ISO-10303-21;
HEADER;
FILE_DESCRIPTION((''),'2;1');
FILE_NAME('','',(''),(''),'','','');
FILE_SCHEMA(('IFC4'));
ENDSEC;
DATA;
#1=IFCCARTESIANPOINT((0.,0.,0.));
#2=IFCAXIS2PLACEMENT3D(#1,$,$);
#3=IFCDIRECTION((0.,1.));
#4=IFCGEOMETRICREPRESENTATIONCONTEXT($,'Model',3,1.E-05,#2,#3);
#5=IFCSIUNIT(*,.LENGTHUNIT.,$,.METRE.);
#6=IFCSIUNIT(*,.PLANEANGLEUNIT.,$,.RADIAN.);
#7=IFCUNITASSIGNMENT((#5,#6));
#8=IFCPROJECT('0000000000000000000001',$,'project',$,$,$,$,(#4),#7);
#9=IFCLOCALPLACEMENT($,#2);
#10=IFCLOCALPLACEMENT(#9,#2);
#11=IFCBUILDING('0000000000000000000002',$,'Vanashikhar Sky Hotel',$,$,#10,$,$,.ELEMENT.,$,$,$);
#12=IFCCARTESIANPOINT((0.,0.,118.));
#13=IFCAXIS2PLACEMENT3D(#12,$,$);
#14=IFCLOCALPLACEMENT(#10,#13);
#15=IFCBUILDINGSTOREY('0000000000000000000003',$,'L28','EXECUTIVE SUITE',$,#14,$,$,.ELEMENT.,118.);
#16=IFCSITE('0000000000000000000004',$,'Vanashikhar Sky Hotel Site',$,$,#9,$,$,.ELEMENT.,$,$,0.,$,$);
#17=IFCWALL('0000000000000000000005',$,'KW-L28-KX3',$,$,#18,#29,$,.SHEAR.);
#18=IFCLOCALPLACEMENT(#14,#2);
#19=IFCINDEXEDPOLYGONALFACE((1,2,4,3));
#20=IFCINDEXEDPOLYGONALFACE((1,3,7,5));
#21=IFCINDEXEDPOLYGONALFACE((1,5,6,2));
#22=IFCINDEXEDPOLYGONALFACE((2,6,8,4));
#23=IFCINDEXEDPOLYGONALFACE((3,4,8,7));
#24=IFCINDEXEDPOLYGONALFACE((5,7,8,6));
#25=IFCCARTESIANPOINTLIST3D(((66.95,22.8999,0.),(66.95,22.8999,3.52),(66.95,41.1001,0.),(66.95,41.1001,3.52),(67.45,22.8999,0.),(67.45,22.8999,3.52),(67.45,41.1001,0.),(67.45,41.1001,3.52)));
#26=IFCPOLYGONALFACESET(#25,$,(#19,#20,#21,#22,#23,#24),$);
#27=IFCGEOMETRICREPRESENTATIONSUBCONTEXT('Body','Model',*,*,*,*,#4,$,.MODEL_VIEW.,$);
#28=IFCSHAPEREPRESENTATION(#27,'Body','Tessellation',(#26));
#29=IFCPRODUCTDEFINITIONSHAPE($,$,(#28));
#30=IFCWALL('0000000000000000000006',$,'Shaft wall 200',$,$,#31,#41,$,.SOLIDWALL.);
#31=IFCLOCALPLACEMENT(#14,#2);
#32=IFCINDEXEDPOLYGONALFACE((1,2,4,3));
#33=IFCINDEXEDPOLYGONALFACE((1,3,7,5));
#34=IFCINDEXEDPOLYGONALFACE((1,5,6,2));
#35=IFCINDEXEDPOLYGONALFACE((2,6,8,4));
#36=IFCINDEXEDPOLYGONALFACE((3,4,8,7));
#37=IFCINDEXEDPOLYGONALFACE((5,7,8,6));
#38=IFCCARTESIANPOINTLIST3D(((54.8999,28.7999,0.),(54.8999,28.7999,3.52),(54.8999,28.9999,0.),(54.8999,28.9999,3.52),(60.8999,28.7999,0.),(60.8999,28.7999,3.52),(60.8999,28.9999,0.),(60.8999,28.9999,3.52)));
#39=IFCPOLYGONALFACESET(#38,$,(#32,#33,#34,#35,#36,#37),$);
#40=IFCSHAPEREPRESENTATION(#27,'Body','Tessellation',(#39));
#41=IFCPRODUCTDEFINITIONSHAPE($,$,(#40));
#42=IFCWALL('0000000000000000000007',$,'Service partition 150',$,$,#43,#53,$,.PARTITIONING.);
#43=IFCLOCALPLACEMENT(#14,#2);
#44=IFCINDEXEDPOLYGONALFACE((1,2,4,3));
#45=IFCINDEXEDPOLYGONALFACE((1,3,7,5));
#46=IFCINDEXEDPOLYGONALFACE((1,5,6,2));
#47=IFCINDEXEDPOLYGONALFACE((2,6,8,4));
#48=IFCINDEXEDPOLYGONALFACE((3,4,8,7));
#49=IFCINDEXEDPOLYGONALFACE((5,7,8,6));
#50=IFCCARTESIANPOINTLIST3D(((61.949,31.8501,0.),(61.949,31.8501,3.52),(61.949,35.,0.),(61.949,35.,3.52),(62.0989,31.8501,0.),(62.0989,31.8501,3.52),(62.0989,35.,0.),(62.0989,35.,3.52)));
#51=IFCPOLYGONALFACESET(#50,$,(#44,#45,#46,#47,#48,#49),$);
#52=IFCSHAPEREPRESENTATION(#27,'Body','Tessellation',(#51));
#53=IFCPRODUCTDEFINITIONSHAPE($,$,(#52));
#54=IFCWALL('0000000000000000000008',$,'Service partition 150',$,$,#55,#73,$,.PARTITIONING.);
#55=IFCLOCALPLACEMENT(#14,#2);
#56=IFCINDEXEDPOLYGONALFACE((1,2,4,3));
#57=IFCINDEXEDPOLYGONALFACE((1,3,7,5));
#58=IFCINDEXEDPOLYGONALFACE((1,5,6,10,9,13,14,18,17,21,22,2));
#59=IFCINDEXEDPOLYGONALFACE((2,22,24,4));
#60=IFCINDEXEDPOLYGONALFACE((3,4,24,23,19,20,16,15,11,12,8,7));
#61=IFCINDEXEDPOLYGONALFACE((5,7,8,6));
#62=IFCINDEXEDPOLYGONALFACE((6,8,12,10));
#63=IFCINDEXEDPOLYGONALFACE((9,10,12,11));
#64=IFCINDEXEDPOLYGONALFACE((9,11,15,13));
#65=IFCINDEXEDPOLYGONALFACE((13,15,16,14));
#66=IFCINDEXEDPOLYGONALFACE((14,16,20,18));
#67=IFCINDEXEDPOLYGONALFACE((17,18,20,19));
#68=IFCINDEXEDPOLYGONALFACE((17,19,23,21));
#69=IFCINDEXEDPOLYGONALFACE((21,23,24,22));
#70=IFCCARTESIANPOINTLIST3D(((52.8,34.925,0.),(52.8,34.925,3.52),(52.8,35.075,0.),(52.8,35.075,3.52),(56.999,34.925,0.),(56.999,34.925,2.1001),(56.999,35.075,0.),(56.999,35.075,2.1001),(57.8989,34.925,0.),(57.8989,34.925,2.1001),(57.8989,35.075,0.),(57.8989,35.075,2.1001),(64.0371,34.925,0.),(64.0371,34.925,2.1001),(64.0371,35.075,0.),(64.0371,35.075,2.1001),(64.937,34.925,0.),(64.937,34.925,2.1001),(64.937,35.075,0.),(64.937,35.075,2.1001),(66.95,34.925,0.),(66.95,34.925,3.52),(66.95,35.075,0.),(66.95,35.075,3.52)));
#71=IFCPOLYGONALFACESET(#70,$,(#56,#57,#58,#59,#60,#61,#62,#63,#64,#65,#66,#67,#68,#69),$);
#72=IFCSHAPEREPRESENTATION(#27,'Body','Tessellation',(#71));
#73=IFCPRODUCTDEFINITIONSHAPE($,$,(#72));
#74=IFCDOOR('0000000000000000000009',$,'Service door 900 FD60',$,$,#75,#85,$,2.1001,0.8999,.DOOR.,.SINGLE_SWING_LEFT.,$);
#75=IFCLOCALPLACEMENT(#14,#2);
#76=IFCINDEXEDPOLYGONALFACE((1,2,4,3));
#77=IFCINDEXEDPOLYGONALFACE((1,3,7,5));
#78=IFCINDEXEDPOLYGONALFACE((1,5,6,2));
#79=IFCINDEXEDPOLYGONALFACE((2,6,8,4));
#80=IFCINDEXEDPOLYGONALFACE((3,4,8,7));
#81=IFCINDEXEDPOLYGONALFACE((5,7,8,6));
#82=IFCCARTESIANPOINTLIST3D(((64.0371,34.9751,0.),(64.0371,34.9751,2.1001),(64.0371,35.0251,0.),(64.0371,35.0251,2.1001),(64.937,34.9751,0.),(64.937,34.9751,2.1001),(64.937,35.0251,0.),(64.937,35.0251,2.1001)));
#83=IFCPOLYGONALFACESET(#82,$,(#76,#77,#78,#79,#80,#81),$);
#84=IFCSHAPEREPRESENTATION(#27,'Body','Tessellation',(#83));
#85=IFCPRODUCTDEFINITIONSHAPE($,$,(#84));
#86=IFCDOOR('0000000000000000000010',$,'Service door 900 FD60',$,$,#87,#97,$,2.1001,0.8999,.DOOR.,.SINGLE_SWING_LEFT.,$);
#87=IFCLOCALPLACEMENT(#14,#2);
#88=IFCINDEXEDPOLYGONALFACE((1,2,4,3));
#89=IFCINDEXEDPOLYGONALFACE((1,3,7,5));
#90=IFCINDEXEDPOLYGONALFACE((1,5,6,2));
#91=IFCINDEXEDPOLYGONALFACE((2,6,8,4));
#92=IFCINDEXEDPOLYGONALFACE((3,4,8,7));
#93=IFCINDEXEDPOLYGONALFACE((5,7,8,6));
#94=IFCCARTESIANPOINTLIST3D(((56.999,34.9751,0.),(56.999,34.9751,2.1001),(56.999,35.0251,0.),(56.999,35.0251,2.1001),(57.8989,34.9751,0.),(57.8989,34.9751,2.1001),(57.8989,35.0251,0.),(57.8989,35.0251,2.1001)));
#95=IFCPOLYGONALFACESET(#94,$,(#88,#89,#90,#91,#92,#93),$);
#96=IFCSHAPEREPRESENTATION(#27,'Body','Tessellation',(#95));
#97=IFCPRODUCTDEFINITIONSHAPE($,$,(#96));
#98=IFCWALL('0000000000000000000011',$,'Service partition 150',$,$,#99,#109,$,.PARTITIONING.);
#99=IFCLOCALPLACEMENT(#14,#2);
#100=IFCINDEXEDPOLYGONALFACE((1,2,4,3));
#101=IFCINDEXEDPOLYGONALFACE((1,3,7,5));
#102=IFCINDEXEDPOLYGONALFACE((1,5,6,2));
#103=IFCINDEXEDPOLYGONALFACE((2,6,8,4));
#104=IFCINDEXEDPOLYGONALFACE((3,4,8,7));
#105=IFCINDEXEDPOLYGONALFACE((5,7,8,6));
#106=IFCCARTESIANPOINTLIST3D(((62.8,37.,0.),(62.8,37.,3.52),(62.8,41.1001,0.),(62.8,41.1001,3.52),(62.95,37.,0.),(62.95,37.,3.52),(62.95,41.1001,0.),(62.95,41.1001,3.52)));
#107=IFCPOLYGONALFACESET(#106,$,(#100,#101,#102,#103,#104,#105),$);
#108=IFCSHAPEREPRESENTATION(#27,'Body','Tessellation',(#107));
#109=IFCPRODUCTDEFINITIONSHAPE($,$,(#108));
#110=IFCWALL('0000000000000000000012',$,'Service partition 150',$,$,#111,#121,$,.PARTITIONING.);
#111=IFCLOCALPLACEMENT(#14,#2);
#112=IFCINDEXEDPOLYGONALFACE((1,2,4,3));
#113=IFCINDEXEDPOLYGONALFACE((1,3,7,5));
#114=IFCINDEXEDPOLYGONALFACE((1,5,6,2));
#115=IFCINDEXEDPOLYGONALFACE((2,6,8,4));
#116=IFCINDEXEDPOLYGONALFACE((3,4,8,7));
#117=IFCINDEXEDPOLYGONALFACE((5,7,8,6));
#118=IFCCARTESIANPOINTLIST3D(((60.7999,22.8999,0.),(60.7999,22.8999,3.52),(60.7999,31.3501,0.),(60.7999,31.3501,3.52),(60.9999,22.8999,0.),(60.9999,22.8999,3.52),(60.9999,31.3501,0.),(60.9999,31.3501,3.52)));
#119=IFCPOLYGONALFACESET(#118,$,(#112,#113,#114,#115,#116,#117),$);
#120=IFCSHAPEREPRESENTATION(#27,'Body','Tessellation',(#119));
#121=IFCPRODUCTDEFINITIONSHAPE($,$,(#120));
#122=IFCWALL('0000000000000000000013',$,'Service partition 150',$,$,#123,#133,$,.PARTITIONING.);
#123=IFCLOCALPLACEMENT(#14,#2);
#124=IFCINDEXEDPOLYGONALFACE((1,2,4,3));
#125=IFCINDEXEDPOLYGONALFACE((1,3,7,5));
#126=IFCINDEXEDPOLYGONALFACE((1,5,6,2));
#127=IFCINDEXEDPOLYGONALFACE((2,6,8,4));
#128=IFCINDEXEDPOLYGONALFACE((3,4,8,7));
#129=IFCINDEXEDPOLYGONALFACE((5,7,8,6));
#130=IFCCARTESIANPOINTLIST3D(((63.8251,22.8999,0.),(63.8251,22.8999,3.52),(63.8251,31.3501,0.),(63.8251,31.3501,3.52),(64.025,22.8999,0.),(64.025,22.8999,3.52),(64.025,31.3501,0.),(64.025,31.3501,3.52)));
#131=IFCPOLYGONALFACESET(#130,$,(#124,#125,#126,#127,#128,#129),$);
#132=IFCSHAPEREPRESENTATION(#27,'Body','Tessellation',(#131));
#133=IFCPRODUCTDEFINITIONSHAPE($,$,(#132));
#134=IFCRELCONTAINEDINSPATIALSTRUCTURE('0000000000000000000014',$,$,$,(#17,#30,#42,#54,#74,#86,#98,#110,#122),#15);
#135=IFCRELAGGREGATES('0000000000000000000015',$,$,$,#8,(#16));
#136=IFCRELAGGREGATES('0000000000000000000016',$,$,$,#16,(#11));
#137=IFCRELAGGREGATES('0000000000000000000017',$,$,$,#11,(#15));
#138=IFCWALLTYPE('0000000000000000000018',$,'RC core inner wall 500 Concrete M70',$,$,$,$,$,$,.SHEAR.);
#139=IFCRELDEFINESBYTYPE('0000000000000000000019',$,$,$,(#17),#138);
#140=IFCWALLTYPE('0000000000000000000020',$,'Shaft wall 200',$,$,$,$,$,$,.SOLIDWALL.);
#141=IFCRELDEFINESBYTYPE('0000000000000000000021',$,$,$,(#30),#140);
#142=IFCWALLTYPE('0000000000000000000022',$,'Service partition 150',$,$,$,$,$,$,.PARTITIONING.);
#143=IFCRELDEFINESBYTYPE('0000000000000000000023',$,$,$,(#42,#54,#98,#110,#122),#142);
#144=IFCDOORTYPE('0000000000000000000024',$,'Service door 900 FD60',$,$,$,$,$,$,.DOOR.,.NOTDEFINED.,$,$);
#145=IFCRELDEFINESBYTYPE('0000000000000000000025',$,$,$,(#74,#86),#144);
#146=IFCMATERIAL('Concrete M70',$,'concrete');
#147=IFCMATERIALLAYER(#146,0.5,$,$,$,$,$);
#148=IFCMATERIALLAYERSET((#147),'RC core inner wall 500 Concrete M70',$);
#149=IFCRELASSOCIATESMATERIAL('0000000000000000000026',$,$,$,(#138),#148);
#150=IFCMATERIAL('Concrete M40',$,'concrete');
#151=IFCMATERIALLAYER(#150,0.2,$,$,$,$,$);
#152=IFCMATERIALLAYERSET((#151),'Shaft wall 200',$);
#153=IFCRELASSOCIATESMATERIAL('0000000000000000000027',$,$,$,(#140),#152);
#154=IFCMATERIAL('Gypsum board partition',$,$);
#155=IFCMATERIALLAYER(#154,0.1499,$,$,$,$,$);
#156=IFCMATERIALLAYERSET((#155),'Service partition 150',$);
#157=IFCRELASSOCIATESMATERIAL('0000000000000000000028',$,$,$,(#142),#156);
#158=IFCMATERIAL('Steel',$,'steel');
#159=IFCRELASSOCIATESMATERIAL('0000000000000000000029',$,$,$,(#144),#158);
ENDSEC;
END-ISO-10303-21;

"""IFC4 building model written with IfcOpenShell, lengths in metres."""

from ifc_helpers import new_model, si_unit, direction, frame, frame_2d, origin, place, context, subcontext, project, spatial, rectangle, extrude, source, transform, mapped, material, layer, layer_set, type_object, element, fill, save


model = new_model("IFC4")

# Units and contexts
model_context = context("Model", 3, precision=1e-05, world=origin(), true_north=direction((0.0, 1.0)))
body_context = subcontext(model_context, "Body", "Model", "MODEL_VIEW")
ifc_project = project(units=[si_unit("LENGTHUNIT", "METRE"), si_unit("PLANEANGLEUNIT", "RADIAN")], contexts=[model_context])

# Site, building, storey
site_placement = place(None, origin())
site = spatial("IfcSite", under=ifc_project, at=site_placement, Name="Vanashikhar Sky Hotel Site", CompositionType="ELEMENT", RefElevation=0.0)
building_placement = place(site_placement, origin())
building = spatial("IfcBuilding", under=site, at=building_placement, Name="Vanashikhar Sky Hotel", CompositionType="ELEMENT")
storey_placement = place(building_placement, frame((0.0, 0.0, 118.0)))
storey = spatial("IfcBuildingStorey", under=building, at=storey_placement, Name="L28", Description="EXECUTIVE SUITE", CompositionType="ELEMENT", Elevation=118.0)

# Walls
ifc_material_1 = material(Name="Concrete M70", Category="concrete")
ifc_layer_1 = layer(ifc_material_1, 0.5)
ifc_layer_set_1 = layer_set([ifc_layer_1], Name="RC core inner wall 500 Concrete M70")
wall_type_1 = type_object("IfcWallType", Name="RC core inner wall 500 Concrete M70", PredefinedType="SHEAR", material=ifc_layer_set_1)
shared_shape_1 = source(origin(), body_context, "Body", "SweptSolid", [
    extrude(rectangle(XDim=18.2002, YDim=0.5, at=frame_2d((9.1001, 0.0))), origin(), (0.0, 0.0, 1.0), 3.52),
])
wall_1_placement = place(storey_placement, frame((67.2, 22.8999, 0.0), z_axis=(0.0, 0.0, 1.0), x_axis=(0.0, 1.0, 0.0)))
element("IfcWall", 1, at=wall_1_placement, inside=storey, type_object=wall_type_1, Name="KW-L28-KX3", PredefinedType="SHEAR", context=body_context, shape_type="MappedRepresentation", body=[
    mapped(shared_shape_1, transform((0.0, 0.0, 0.0), scale=1.0)),
])
ifc_material_2 = material(Name="Concrete M40", Category="concrete")
ifc_layer_2 = layer(ifc_material_2, 0.2)
ifc_layer_set_2 = layer_set([ifc_layer_2], Name="Shaft wall 200")
wall_type_2 = type_object("IfcWallType", Name="Shaft wall 200", PredefinedType="SOLIDWALL", material=ifc_layer_set_2)
shared_shape_2 = source(origin(), body_context, "Body", "SweptSolid", [
    extrude(rectangle(XDim=6.0, YDim=0.2, at=frame_2d((3.0, 0.0))), origin(), (0.0, 0.0, 1.0), 3.52),
])
wall_2_placement = place(storey_placement, frame((60.8999, 28.8999, 0.0), z_axis=(0.0, 0.0, 1.0), x_axis=(-1.0, 0.0, 0.0)))
element("IfcWall", 2, at=wall_2_placement, inside=storey, type_object=wall_type_2, Name="Shaft wall 200", PredefinedType="SOLIDWALL", context=body_context, shape_type="MappedRepresentation", body=[
    mapped(shared_shape_2, transform((0.0, 0.0, 0.0), scale=1.0)),
])
ifc_material_3 = material(Name="Gypsum board partition")
ifc_layer_3 = layer(ifc_material_3, 0.1499)
ifc_layer_set_3 = layer_set([ifc_layer_3], Name="Service partition 150")
wall_type_3 = type_object("IfcWallType", Name="Service partition 150", PredefinedType="PARTITIONING", material=ifc_layer_set_3)
shared_shape_3 = source(origin(), body_context, "Body", "SweptSolid", [
    extrude(rectangle(XDim=3.1499, YDim=0.1499, at=frame_2d((1.575, 0.0))), origin(), (0.0, 0.0, 1.0), 3.52),
])
wall_3_placement = place(storey_placement, frame((62.0239, 31.8501, 0.0), z_axis=(0.0, 0.0, 1.0), x_axis=(0.0, 1.0, 0.0)))
element("IfcWall", 3, at=wall_3_placement, inside=storey, type_object=wall_type_3, Name="Service partition 150", PredefinedType="PARTITIONING", context=body_context, shape_type="MappedRepresentation", body=[
    mapped(shared_shape_3, transform((0.0, 0.0, 0.0), scale=1.0)),
])

# Wall, openings, doors
shared_shape_4 = source(origin(), body_context, "Body", "SweptSolid", [
    extrude(rectangle(XDim=14.1499, YDim=0.1499, at=frame_2d((7.075, 0.0))), origin(), (0.0, 0.0, 1.0), 3.52),
])
wall_4_placement = place(storey_placement, frame((66.95, 35.0, 0.0), z_axis=(0.0, 0.0, 1.0), x_axis=(-1.0, 0.0, 0.0)))
wall_4 = element("IfcWall", 4, at=wall_4_placement, inside=storey, type_object=wall_type_3, Name="Service partition 150", PredefinedType="PARTITIONING", context=body_context, shape_type="MappedRepresentation", body=[
    mapped(shared_shape_4, transform((0.0, 0.0, 0.0), scale=1.0)),
])
shared_shape_5 = source(origin(), body_context, "Body", "SweptSolid", [
    extrude(rectangle(XDim=0.8999, YDim=2.1001, at=frame_2d((0.45, 1.05))), frame((0.0, 0.085, 0.0), z_axis=(0.0, -1.0, 0.0), x_axis=(1.0, 0.0, 0.0)), (0.0, 0.0, 1.0), 0.1699),
])
opening_1_placement = place(wall_4_placement, frame((2.0129, 0.0, 0.0)))
opening_1 = element("IfcOpeningElement", 5, at=opening_1_placement, cuts=wall_4, PredefinedType="OPENING", context=body_context, shape_type="MappedRepresentation", body=[
    mapped(shared_shape_5, transform((0.0, 0.0, 0.0), scale=1.0)),
])
opening_2_placement = place(wall_4_placement, frame((9.051, 0.0, 0.0)))
opening_2 = element("IfcOpeningElement", 6, at=opening_2_placement, cuts=wall_4, PredefinedType="OPENING", context=body_context, shape_type="MappedRepresentation", body=[
    mapped(shared_shape_5, transform((0.0, 0.0, 0.0), scale=1.0)),
])
ifc_material_4 = material(Name="Steel", Category="steel")
door_type_1 = type_object("IfcDoorType", Name="Service door 900 FD60", OperationType="NOTDEFINED", PredefinedType="DOOR", material=ifc_material_4)
shared_shape_6 = source(origin(), body_context, "Body", "SweptSolid", [
    extrude(rectangle(XDim=0.8999, YDim=2.1001, at=frame_2d((0.45, 1.05))), frame((0.0, 0.0249, 0.0), z_axis=(0.0, -1.0, 0.0), x_axis=(1.0, 0.0, 0.0)), (0.0, 0.0, 1.0), 0.05),
])
door_1_placement = place(opening_1_placement, origin())
door_1 = element("IfcDoor", 7, at=door_1_placement, inside=storey, type_object=door_type_1, Name="Service door 900 FD60", OperationType="SINGLE_SWING_LEFT", OverallHeight=2.1001, OverallWidth=0.8999, PredefinedType="DOOR", context=body_context, shape_type="MappedRepresentation", body=[
    mapped(shared_shape_6, transform((0.0, 0.0, 0.0), scale=1.0)),
])
fill(opening_1, door_1)
door_2_placement = place(opening_2_placement, origin())
door_2 = element("IfcDoor", 8, at=door_2_placement, inside=storey, type_object=door_type_1, Name="Service door 900 FD60", OperationType="SINGLE_SWING_LEFT", OverallHeight=2.1001, OverallWidth=0.8999, PredefinedType="DOOR", context=body_context, shape_type="MappedRepresentation", body=[
    mapped(shared_shape_6, transform((0.0, 0.0, 0.0), scale=1.0)),
])
fill(opening_2, door_2)

# Walls
shared_shape_7 = source(origin(), body_context, "Body", "SweptSolid", [
    extrude(rectangle(XDim=4.1001, YDim=0.1499, at=frame_2d((2.05, 0.0))), origin(), (0.0, 0.0, 1.0), 3.52),
])
wall_5_placement = place(storey_placement, frame((62.875, 37.0, 0.0), z_axis=(0.0, 0.0, 1.0), x_axis=(0.0, 1.0, 0.0)))
element("IfcWall", 9, at=wall_5_placement, inside=storey, type_object=wall_type_3, Name="Service partition 150", PredefinedType="PARTITIONING", context=body_context, shape_type="MappedRepresentation", body=[
    mapped(shared_shape_7, transform((0.0, 0.0, 0.0), scale=1.0)),
])
shared_shape_8 = source(origin(), body_context, "Body", "SweptSolid", [
    extrude(rectangle(XDim=8.4502, YDim=0.2, at=frame_2d((4.2251, 0.0))), origin(), (0.0, 0.0, 1.0), 3.52),
])
for number, where, z_axis, x_axis, name in (
    (10, (60.8999, 22.8999, 0.0), (0.0, 0.0, 1.0), (0.0, 1.0, 0.0), "Service partition 150"),
    (11, (63.925, 22.8999, 0.0), (0.0, 0.0, 1.0), (0.0, 1.0, 0.0), "Service partition 150"),
):
    element("IfcWall", number, at=place(storey_placement, frame(where, z_axis=z_axis, x_axis=x_axis)), inside=storey, type_object=wall_type_3, Name=name, PredefinedType="PARTITIONING", context=body_context, shape_type="MappedRepresentation", body=[
        mapped(shared_shape_8, transform((0.0, 0.0, 0.0), scale=1.0)),
    ])

save(model, "model.ifc")
